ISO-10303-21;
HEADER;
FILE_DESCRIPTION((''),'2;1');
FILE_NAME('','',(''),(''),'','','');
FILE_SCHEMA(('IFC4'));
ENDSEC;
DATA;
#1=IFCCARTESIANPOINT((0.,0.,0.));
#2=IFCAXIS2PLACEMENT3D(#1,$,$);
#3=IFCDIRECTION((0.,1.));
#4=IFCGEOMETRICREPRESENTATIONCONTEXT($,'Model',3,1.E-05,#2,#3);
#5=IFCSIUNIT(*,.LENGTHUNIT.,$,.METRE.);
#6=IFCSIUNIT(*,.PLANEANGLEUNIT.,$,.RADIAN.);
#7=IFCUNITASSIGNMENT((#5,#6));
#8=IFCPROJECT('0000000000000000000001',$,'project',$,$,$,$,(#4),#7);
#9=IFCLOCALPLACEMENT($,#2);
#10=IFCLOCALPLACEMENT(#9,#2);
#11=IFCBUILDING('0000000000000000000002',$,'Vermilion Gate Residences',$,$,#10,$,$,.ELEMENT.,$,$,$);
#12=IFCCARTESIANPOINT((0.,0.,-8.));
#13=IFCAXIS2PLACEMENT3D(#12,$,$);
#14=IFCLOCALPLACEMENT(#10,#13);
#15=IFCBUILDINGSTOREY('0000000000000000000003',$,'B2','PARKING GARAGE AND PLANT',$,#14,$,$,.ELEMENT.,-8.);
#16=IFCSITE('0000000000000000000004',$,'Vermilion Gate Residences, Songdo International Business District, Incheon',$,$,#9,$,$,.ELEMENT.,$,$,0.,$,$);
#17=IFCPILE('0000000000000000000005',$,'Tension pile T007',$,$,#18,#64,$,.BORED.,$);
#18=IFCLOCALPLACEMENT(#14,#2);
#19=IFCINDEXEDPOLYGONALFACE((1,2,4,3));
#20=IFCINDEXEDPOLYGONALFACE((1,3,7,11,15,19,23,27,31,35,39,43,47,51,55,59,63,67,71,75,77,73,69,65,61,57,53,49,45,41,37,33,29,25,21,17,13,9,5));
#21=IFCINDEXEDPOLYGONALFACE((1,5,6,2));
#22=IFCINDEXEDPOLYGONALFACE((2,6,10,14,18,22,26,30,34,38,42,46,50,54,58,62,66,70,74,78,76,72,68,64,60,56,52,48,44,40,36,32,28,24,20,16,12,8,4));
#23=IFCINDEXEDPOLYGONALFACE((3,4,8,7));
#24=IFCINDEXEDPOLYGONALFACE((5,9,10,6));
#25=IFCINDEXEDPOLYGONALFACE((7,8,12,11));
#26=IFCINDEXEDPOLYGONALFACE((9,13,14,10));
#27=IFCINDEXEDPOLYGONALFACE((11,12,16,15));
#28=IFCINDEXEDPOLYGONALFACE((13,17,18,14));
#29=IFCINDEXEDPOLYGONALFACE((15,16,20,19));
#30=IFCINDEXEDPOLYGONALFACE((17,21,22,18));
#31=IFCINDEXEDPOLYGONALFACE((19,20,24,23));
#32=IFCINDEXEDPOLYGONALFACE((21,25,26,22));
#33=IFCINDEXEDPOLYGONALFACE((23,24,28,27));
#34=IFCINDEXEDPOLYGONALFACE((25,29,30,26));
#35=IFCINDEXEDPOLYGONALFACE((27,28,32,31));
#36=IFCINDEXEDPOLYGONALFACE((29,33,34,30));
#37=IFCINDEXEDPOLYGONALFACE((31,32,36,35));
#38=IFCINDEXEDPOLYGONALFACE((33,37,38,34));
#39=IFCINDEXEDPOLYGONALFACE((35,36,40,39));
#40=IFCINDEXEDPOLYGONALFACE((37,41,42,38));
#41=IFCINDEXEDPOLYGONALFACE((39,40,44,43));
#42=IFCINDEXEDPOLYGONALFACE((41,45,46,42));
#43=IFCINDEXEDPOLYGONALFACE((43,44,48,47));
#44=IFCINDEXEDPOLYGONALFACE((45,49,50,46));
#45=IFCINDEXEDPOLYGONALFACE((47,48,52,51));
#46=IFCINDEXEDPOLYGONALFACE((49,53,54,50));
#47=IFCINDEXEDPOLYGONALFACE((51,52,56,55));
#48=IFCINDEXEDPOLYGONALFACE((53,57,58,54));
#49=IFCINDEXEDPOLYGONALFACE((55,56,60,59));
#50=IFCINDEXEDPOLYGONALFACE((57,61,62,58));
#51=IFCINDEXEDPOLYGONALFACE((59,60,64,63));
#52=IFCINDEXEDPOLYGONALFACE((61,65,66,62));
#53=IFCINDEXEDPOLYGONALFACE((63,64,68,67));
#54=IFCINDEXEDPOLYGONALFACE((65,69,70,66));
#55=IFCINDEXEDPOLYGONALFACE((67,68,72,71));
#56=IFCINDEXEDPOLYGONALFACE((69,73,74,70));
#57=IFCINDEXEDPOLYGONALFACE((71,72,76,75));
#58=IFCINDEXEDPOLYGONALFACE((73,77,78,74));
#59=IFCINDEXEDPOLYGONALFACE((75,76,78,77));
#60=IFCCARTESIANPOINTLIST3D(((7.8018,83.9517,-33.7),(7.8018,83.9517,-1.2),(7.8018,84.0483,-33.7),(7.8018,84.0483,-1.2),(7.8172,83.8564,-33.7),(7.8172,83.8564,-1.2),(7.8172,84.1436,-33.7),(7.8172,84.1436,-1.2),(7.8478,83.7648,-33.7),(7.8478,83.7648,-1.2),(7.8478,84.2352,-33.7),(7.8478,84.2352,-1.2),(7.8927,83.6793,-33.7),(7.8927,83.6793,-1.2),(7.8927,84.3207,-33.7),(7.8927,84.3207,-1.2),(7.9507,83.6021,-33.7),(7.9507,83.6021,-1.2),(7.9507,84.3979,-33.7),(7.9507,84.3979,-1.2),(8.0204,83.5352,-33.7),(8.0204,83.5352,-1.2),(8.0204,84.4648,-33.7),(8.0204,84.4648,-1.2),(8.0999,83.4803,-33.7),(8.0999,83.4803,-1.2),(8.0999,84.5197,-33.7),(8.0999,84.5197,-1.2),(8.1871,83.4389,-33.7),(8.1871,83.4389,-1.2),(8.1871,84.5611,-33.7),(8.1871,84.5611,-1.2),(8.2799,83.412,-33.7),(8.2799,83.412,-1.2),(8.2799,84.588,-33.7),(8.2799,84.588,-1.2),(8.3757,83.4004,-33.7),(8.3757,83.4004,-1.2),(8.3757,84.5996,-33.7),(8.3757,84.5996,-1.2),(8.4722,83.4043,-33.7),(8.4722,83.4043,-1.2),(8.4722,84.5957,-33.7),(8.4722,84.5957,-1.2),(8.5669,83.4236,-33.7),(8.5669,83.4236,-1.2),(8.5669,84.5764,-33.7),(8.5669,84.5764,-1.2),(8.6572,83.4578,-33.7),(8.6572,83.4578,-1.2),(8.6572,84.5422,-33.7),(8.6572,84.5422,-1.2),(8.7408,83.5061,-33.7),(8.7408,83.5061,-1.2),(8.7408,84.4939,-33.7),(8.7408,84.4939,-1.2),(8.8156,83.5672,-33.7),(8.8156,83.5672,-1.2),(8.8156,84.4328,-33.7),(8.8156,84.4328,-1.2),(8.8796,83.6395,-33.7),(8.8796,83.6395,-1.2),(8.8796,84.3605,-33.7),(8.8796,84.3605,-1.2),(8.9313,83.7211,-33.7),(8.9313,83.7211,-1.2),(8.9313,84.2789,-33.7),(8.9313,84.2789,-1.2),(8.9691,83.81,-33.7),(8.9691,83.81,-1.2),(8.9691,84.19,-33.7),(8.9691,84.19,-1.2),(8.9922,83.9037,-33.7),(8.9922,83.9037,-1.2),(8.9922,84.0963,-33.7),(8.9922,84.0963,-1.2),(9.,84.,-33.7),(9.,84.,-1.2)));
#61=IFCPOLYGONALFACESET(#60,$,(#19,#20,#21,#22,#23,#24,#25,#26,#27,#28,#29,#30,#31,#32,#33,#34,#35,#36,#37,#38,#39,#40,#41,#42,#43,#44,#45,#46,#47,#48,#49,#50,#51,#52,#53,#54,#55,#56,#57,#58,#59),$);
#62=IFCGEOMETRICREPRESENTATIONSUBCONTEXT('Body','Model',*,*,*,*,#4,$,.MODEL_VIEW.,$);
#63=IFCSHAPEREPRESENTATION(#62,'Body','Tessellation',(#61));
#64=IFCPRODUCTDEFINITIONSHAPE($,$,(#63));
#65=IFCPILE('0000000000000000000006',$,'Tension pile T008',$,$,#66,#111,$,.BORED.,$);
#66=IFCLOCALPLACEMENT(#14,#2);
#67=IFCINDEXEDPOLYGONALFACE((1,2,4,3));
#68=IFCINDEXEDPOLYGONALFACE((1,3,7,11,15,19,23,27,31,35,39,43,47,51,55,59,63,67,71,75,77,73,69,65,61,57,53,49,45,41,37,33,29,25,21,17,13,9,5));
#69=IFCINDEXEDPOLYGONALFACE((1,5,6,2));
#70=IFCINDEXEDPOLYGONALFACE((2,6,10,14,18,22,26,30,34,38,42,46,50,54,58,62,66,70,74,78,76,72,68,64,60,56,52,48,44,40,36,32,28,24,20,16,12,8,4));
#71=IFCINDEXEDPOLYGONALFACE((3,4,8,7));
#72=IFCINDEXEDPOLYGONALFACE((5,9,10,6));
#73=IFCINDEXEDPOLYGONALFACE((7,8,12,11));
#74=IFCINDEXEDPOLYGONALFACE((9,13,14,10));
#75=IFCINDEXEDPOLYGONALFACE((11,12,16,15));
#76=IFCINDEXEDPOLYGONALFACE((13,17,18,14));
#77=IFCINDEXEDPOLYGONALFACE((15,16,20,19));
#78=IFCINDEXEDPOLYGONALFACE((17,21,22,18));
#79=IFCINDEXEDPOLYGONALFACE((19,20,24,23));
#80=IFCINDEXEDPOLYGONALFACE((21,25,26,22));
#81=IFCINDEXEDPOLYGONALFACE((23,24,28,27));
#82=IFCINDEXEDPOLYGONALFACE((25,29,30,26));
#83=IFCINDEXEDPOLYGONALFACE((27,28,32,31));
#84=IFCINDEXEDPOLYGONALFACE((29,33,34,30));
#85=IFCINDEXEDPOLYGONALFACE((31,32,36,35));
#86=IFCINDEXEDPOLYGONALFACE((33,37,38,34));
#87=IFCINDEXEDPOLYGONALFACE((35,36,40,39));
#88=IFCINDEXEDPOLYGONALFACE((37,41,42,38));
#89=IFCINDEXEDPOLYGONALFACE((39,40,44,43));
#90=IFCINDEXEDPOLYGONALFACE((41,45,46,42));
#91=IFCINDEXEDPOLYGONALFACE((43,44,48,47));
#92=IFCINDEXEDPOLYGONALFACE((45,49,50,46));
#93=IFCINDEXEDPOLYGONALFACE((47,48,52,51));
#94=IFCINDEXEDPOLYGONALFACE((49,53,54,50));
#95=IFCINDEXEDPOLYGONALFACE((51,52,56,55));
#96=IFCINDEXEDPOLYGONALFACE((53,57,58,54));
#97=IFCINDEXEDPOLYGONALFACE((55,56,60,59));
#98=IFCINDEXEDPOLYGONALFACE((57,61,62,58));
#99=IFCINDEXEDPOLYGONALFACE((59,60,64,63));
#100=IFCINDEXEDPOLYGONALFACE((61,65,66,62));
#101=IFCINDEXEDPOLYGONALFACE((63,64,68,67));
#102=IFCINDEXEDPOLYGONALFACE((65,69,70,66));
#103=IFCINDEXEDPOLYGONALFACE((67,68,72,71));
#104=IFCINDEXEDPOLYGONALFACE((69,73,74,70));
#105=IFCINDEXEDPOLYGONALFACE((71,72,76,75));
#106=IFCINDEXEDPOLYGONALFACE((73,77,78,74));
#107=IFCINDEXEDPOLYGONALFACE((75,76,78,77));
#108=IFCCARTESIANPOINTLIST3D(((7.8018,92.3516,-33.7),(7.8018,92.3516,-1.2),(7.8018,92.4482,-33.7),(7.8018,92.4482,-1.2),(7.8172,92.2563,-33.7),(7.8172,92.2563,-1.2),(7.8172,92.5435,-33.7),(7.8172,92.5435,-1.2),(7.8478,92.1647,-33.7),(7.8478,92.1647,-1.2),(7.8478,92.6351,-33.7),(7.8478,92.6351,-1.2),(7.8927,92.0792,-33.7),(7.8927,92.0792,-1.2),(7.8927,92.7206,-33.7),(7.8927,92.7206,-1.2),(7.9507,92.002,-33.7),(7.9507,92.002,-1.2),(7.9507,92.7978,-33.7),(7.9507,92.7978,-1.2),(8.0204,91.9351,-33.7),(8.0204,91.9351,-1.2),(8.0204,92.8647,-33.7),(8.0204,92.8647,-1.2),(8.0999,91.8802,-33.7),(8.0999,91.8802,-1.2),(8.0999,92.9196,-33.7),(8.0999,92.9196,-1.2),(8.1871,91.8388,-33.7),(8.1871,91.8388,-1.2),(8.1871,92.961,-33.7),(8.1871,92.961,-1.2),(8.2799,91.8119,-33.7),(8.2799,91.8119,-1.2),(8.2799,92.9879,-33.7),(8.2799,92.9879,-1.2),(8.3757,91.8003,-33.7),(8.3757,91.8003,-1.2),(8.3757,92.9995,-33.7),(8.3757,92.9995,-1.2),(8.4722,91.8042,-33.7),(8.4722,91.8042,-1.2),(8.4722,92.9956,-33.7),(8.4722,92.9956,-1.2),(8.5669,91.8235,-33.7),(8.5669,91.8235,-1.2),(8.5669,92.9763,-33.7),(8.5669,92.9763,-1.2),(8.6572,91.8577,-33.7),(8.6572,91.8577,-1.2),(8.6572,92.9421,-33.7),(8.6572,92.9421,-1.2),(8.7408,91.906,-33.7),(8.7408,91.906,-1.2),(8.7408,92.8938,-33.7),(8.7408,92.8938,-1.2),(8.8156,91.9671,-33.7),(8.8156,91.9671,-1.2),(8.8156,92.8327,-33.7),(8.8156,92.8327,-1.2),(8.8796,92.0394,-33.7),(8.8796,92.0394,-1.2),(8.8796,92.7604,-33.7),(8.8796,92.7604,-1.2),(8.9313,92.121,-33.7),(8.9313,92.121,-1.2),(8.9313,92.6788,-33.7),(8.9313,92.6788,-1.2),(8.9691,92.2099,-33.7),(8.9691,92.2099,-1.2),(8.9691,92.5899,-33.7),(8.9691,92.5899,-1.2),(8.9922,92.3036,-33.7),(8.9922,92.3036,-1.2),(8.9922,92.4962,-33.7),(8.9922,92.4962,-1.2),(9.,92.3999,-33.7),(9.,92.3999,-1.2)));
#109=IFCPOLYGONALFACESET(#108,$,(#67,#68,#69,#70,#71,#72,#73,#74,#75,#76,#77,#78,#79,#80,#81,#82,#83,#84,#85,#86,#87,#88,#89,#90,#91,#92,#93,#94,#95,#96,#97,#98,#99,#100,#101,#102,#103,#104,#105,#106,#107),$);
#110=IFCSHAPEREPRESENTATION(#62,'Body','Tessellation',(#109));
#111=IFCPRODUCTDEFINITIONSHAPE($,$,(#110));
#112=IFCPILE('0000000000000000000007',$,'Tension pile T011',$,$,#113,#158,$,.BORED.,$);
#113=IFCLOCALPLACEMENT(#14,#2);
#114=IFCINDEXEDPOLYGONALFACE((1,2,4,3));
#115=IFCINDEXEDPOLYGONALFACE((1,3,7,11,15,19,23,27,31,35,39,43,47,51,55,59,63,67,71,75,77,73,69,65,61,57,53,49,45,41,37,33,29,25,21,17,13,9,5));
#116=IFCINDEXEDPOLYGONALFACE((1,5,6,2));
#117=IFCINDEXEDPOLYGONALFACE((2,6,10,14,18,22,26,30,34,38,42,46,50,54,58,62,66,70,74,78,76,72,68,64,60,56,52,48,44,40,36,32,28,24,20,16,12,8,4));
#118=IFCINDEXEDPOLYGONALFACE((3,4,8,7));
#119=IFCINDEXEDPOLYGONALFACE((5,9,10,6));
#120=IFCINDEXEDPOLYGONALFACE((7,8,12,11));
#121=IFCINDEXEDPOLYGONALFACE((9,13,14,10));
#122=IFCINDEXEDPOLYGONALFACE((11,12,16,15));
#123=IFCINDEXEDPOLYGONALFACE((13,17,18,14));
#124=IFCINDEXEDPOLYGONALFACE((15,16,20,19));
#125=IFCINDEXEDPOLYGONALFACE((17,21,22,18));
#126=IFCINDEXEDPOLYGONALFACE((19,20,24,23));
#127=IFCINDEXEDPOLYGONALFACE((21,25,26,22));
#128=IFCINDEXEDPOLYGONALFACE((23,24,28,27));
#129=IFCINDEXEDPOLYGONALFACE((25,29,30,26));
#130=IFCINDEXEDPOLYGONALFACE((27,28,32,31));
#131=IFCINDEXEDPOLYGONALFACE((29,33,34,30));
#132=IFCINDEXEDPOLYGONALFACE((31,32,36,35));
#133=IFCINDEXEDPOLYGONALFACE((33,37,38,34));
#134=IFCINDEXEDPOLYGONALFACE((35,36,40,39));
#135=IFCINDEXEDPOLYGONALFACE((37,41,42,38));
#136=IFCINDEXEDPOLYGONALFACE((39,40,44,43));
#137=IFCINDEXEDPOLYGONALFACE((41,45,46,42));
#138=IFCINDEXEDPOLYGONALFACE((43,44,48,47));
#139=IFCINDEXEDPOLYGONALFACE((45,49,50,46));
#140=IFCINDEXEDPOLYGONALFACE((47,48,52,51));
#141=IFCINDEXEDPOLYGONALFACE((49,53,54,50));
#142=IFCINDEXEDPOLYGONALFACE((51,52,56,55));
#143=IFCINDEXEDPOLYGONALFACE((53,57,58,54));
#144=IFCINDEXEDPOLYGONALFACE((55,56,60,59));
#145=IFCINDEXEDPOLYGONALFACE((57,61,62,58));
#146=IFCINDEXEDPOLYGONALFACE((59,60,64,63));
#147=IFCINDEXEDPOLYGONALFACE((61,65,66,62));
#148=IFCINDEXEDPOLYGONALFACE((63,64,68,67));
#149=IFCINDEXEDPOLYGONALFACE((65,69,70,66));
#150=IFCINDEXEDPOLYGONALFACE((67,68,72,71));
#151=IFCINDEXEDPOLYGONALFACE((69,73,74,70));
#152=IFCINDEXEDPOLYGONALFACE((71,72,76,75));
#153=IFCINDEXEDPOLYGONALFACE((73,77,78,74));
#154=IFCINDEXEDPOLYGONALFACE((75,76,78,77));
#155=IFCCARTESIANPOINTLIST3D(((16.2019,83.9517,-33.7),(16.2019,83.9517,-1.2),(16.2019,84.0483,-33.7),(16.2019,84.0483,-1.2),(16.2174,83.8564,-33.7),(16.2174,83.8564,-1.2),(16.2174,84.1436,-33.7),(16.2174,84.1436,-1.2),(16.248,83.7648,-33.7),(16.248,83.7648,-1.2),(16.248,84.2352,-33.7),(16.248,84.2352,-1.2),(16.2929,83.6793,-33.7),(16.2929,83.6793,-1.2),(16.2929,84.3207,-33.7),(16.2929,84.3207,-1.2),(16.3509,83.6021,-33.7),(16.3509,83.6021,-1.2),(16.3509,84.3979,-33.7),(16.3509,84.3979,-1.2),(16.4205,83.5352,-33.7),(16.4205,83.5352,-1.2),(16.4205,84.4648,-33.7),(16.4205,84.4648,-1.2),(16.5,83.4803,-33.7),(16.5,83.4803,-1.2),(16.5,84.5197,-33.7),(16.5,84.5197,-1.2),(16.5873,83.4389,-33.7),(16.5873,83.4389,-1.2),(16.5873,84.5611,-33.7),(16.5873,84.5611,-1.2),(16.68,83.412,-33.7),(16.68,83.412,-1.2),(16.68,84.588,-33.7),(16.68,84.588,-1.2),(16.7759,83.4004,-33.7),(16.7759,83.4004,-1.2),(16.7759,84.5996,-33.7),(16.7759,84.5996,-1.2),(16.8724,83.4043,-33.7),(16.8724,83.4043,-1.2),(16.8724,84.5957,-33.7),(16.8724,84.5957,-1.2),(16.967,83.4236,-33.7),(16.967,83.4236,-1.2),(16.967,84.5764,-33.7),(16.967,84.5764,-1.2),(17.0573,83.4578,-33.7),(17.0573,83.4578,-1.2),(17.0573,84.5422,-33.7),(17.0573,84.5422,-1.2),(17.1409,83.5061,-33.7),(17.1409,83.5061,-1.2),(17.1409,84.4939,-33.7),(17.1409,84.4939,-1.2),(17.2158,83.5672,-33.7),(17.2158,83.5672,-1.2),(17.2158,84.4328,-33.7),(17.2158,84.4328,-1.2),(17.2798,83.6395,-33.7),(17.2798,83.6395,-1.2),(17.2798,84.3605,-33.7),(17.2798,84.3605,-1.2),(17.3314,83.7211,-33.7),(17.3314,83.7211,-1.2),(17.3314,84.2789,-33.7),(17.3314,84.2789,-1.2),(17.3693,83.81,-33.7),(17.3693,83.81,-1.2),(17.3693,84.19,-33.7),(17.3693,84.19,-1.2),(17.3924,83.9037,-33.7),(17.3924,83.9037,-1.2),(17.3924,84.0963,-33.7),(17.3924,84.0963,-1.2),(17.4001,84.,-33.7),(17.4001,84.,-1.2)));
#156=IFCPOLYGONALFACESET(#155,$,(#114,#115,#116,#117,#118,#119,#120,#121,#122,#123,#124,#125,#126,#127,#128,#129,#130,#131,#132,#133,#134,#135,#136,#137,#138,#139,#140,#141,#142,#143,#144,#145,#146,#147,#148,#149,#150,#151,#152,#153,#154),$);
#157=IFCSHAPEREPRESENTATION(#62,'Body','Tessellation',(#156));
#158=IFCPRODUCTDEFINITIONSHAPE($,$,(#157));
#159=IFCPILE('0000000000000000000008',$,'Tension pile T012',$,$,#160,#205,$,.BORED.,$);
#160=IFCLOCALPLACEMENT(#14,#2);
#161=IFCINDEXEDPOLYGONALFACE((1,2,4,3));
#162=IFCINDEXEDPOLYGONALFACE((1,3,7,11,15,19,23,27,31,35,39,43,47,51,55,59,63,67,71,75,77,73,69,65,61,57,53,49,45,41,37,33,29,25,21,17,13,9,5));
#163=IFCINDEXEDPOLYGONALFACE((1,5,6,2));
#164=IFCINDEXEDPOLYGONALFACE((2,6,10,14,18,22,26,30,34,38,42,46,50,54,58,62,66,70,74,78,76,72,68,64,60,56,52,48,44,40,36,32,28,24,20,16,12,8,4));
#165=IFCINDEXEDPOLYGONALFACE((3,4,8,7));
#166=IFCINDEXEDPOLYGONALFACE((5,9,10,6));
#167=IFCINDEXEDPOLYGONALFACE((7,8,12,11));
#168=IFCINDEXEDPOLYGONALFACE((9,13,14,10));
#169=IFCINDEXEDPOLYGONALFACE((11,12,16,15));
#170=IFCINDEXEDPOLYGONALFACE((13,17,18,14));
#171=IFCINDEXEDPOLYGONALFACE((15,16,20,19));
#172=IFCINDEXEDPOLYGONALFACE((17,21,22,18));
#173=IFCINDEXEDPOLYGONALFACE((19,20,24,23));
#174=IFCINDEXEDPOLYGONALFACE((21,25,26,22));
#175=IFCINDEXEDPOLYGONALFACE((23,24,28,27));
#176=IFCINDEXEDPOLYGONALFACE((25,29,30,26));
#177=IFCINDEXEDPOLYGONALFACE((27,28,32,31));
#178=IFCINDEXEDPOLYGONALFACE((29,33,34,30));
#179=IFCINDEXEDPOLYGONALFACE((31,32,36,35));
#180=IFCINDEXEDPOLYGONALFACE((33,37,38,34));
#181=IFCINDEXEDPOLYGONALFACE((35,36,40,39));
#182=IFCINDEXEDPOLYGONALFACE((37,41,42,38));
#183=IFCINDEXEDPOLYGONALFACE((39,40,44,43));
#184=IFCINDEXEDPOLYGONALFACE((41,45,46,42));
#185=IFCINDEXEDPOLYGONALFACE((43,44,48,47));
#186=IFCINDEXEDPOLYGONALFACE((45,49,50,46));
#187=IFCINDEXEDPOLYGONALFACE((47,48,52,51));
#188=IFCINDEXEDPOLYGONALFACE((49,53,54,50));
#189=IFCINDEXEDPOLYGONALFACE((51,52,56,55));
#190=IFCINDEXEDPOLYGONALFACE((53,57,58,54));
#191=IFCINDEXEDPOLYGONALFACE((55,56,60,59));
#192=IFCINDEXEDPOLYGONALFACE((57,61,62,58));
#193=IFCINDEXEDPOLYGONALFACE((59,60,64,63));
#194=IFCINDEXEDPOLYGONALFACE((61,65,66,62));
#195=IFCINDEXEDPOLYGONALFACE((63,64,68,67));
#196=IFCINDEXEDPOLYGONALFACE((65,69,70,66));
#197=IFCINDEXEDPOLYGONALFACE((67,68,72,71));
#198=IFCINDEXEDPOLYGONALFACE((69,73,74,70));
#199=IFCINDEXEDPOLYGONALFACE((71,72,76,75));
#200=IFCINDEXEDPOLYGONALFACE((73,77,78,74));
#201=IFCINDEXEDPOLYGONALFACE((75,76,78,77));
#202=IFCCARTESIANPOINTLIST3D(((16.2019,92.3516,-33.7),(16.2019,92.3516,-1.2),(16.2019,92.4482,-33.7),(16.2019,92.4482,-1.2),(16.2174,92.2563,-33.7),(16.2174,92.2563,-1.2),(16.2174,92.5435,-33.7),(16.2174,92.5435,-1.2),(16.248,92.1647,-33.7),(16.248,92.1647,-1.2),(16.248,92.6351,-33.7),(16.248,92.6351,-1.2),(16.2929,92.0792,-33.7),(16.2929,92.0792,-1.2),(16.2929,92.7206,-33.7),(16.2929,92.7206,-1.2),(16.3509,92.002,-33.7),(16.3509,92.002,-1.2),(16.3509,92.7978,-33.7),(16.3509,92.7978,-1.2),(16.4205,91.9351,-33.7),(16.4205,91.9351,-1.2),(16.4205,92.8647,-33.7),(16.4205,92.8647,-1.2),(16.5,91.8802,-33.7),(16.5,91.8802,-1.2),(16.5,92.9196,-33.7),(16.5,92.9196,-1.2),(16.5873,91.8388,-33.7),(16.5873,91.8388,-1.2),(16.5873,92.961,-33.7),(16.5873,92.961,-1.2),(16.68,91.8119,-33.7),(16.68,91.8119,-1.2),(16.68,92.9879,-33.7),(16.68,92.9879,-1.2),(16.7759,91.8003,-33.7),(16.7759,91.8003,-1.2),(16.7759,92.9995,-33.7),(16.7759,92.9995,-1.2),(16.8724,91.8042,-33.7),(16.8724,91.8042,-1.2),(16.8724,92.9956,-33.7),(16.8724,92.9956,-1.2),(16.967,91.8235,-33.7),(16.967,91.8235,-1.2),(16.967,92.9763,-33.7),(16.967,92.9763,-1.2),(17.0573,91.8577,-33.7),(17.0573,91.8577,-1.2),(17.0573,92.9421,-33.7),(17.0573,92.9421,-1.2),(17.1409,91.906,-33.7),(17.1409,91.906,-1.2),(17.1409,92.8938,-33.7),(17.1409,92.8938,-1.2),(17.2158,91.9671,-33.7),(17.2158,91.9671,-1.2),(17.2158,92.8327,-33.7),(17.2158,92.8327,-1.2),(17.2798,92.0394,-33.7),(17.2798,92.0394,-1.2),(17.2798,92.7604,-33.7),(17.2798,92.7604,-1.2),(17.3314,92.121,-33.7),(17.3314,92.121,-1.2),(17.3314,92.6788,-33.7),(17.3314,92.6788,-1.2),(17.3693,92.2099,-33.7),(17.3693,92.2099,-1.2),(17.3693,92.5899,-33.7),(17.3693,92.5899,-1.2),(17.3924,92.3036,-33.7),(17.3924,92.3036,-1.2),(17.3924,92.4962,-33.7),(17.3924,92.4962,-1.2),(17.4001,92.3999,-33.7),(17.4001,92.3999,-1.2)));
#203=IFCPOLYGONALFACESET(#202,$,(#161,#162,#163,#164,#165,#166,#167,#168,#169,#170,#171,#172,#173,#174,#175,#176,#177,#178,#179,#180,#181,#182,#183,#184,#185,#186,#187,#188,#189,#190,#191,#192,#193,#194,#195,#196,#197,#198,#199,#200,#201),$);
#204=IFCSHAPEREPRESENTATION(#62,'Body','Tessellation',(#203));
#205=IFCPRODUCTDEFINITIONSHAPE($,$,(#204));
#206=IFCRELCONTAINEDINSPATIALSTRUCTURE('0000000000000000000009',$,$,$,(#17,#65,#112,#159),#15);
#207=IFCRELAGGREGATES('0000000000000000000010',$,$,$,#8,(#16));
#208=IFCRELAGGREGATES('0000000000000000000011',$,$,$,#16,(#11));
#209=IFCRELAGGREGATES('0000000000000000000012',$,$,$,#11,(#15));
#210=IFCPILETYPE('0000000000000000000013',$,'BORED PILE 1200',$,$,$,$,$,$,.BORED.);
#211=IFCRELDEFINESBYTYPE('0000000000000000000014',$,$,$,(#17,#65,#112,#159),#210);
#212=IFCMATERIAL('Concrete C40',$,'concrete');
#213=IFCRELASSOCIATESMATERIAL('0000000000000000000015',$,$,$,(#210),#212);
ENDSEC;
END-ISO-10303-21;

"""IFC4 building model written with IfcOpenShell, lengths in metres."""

from ifc_helpers import new_model, si_unit, direction, frame, origin, origin_2d, place, context, subcontext, project, spatial, circle, extrude, material, material_profile, profile_set, type_object, element, save


model = new_model("IFC4")

# Units and contexts
model_context = context("Model", 3, precision=1e-05, world=origin(), true_north=direction((0.0, 1.0)))
body_context = subcontext(model_context, "Body", "Model", "MODEL_VIEW")
ifc_project = project(units=[si_unit("LENGTHUNIT", "METRE"), si_unit("PLANEANGLEUNIT", "RADIAN")], contexts=[model_context])

# Site, building, storey
site_placement = place(None, origin())
site = spatial("IfcSite", under=ifc_project, at=site_placement, Name="Vermilion Gate Residences, Songdo International Business District, Incheon", CompositionType="ELEMENT", RefElevation=0.0)
building_placement = place(site_placement, origin())
building = spatial("IfcBuilding", under=site, at=building_placement, Name="Vermilion Gate Residences", CompositionType="ELEMENT")
storey_placement = place(building_placement, frame((0.0, 0.0, -8.0)))
storey = spatial("IfcBuildingStorey", under=building, at=storey_placement, Name="B2", Description="PARKING GARAGE AND PLANT", CompositionType="ELEMENT", Elevation=-8.0)

# Piles
ifc_material_1 = material(Name="Concrete C40", Category="concrete")
ifc_material_profile_1 = material_profile(ifc_material_1, circle(Radius=0.6001, at=origin_2d()), Name="BORED PILE 1200")
ifc_profile_set_1 = profile_set([ifc_material_profile_1], Name="Concrete C40")
pile_type = type_object("IfcPileType", Name="BORED PILE 1200", PredefinedType="BORED", material=ifc_profile_set_1)
for number, where, z_axis, x_axis, name in (
    (1, (8.3999, 84.0, -1.2), (0.0, 0.0, -1.0), (1.0, 0.0, 0.0), "Tension pile T007"),
    (2, (8.3999, 92.3999, -1.2), (0.0, 0.0, -1.0), (1.0, 0.0, 0.0), "Tension pile T008"),
    (3, (16.8, 84.0, -1.2), (0.0, 0.0, -1.0), (1.0, 0.0, 0.0), "Tension pile T011"),
    (4, (16.8, 92.3999, -1.2), (0.0, 0.0, -1.0), (1.0, 0.0, 0.0), "Tension pile T012"),
):
    element("IfcPile", number, at=place(storey_placement, frame(where, z_axis=z_axis, x_axis=x_axis)), inside=storey, type_object=pile_type, Name=name, PredefinedType="BORED", context=body_context, shape_type="SweptSolid", body=[
        extrude(circle(Radius=0.6001, at=origin_2d()), origin(), (0.0, 0.0, 1.0), 32.5),
    ])

save(model, "model.ifc")
